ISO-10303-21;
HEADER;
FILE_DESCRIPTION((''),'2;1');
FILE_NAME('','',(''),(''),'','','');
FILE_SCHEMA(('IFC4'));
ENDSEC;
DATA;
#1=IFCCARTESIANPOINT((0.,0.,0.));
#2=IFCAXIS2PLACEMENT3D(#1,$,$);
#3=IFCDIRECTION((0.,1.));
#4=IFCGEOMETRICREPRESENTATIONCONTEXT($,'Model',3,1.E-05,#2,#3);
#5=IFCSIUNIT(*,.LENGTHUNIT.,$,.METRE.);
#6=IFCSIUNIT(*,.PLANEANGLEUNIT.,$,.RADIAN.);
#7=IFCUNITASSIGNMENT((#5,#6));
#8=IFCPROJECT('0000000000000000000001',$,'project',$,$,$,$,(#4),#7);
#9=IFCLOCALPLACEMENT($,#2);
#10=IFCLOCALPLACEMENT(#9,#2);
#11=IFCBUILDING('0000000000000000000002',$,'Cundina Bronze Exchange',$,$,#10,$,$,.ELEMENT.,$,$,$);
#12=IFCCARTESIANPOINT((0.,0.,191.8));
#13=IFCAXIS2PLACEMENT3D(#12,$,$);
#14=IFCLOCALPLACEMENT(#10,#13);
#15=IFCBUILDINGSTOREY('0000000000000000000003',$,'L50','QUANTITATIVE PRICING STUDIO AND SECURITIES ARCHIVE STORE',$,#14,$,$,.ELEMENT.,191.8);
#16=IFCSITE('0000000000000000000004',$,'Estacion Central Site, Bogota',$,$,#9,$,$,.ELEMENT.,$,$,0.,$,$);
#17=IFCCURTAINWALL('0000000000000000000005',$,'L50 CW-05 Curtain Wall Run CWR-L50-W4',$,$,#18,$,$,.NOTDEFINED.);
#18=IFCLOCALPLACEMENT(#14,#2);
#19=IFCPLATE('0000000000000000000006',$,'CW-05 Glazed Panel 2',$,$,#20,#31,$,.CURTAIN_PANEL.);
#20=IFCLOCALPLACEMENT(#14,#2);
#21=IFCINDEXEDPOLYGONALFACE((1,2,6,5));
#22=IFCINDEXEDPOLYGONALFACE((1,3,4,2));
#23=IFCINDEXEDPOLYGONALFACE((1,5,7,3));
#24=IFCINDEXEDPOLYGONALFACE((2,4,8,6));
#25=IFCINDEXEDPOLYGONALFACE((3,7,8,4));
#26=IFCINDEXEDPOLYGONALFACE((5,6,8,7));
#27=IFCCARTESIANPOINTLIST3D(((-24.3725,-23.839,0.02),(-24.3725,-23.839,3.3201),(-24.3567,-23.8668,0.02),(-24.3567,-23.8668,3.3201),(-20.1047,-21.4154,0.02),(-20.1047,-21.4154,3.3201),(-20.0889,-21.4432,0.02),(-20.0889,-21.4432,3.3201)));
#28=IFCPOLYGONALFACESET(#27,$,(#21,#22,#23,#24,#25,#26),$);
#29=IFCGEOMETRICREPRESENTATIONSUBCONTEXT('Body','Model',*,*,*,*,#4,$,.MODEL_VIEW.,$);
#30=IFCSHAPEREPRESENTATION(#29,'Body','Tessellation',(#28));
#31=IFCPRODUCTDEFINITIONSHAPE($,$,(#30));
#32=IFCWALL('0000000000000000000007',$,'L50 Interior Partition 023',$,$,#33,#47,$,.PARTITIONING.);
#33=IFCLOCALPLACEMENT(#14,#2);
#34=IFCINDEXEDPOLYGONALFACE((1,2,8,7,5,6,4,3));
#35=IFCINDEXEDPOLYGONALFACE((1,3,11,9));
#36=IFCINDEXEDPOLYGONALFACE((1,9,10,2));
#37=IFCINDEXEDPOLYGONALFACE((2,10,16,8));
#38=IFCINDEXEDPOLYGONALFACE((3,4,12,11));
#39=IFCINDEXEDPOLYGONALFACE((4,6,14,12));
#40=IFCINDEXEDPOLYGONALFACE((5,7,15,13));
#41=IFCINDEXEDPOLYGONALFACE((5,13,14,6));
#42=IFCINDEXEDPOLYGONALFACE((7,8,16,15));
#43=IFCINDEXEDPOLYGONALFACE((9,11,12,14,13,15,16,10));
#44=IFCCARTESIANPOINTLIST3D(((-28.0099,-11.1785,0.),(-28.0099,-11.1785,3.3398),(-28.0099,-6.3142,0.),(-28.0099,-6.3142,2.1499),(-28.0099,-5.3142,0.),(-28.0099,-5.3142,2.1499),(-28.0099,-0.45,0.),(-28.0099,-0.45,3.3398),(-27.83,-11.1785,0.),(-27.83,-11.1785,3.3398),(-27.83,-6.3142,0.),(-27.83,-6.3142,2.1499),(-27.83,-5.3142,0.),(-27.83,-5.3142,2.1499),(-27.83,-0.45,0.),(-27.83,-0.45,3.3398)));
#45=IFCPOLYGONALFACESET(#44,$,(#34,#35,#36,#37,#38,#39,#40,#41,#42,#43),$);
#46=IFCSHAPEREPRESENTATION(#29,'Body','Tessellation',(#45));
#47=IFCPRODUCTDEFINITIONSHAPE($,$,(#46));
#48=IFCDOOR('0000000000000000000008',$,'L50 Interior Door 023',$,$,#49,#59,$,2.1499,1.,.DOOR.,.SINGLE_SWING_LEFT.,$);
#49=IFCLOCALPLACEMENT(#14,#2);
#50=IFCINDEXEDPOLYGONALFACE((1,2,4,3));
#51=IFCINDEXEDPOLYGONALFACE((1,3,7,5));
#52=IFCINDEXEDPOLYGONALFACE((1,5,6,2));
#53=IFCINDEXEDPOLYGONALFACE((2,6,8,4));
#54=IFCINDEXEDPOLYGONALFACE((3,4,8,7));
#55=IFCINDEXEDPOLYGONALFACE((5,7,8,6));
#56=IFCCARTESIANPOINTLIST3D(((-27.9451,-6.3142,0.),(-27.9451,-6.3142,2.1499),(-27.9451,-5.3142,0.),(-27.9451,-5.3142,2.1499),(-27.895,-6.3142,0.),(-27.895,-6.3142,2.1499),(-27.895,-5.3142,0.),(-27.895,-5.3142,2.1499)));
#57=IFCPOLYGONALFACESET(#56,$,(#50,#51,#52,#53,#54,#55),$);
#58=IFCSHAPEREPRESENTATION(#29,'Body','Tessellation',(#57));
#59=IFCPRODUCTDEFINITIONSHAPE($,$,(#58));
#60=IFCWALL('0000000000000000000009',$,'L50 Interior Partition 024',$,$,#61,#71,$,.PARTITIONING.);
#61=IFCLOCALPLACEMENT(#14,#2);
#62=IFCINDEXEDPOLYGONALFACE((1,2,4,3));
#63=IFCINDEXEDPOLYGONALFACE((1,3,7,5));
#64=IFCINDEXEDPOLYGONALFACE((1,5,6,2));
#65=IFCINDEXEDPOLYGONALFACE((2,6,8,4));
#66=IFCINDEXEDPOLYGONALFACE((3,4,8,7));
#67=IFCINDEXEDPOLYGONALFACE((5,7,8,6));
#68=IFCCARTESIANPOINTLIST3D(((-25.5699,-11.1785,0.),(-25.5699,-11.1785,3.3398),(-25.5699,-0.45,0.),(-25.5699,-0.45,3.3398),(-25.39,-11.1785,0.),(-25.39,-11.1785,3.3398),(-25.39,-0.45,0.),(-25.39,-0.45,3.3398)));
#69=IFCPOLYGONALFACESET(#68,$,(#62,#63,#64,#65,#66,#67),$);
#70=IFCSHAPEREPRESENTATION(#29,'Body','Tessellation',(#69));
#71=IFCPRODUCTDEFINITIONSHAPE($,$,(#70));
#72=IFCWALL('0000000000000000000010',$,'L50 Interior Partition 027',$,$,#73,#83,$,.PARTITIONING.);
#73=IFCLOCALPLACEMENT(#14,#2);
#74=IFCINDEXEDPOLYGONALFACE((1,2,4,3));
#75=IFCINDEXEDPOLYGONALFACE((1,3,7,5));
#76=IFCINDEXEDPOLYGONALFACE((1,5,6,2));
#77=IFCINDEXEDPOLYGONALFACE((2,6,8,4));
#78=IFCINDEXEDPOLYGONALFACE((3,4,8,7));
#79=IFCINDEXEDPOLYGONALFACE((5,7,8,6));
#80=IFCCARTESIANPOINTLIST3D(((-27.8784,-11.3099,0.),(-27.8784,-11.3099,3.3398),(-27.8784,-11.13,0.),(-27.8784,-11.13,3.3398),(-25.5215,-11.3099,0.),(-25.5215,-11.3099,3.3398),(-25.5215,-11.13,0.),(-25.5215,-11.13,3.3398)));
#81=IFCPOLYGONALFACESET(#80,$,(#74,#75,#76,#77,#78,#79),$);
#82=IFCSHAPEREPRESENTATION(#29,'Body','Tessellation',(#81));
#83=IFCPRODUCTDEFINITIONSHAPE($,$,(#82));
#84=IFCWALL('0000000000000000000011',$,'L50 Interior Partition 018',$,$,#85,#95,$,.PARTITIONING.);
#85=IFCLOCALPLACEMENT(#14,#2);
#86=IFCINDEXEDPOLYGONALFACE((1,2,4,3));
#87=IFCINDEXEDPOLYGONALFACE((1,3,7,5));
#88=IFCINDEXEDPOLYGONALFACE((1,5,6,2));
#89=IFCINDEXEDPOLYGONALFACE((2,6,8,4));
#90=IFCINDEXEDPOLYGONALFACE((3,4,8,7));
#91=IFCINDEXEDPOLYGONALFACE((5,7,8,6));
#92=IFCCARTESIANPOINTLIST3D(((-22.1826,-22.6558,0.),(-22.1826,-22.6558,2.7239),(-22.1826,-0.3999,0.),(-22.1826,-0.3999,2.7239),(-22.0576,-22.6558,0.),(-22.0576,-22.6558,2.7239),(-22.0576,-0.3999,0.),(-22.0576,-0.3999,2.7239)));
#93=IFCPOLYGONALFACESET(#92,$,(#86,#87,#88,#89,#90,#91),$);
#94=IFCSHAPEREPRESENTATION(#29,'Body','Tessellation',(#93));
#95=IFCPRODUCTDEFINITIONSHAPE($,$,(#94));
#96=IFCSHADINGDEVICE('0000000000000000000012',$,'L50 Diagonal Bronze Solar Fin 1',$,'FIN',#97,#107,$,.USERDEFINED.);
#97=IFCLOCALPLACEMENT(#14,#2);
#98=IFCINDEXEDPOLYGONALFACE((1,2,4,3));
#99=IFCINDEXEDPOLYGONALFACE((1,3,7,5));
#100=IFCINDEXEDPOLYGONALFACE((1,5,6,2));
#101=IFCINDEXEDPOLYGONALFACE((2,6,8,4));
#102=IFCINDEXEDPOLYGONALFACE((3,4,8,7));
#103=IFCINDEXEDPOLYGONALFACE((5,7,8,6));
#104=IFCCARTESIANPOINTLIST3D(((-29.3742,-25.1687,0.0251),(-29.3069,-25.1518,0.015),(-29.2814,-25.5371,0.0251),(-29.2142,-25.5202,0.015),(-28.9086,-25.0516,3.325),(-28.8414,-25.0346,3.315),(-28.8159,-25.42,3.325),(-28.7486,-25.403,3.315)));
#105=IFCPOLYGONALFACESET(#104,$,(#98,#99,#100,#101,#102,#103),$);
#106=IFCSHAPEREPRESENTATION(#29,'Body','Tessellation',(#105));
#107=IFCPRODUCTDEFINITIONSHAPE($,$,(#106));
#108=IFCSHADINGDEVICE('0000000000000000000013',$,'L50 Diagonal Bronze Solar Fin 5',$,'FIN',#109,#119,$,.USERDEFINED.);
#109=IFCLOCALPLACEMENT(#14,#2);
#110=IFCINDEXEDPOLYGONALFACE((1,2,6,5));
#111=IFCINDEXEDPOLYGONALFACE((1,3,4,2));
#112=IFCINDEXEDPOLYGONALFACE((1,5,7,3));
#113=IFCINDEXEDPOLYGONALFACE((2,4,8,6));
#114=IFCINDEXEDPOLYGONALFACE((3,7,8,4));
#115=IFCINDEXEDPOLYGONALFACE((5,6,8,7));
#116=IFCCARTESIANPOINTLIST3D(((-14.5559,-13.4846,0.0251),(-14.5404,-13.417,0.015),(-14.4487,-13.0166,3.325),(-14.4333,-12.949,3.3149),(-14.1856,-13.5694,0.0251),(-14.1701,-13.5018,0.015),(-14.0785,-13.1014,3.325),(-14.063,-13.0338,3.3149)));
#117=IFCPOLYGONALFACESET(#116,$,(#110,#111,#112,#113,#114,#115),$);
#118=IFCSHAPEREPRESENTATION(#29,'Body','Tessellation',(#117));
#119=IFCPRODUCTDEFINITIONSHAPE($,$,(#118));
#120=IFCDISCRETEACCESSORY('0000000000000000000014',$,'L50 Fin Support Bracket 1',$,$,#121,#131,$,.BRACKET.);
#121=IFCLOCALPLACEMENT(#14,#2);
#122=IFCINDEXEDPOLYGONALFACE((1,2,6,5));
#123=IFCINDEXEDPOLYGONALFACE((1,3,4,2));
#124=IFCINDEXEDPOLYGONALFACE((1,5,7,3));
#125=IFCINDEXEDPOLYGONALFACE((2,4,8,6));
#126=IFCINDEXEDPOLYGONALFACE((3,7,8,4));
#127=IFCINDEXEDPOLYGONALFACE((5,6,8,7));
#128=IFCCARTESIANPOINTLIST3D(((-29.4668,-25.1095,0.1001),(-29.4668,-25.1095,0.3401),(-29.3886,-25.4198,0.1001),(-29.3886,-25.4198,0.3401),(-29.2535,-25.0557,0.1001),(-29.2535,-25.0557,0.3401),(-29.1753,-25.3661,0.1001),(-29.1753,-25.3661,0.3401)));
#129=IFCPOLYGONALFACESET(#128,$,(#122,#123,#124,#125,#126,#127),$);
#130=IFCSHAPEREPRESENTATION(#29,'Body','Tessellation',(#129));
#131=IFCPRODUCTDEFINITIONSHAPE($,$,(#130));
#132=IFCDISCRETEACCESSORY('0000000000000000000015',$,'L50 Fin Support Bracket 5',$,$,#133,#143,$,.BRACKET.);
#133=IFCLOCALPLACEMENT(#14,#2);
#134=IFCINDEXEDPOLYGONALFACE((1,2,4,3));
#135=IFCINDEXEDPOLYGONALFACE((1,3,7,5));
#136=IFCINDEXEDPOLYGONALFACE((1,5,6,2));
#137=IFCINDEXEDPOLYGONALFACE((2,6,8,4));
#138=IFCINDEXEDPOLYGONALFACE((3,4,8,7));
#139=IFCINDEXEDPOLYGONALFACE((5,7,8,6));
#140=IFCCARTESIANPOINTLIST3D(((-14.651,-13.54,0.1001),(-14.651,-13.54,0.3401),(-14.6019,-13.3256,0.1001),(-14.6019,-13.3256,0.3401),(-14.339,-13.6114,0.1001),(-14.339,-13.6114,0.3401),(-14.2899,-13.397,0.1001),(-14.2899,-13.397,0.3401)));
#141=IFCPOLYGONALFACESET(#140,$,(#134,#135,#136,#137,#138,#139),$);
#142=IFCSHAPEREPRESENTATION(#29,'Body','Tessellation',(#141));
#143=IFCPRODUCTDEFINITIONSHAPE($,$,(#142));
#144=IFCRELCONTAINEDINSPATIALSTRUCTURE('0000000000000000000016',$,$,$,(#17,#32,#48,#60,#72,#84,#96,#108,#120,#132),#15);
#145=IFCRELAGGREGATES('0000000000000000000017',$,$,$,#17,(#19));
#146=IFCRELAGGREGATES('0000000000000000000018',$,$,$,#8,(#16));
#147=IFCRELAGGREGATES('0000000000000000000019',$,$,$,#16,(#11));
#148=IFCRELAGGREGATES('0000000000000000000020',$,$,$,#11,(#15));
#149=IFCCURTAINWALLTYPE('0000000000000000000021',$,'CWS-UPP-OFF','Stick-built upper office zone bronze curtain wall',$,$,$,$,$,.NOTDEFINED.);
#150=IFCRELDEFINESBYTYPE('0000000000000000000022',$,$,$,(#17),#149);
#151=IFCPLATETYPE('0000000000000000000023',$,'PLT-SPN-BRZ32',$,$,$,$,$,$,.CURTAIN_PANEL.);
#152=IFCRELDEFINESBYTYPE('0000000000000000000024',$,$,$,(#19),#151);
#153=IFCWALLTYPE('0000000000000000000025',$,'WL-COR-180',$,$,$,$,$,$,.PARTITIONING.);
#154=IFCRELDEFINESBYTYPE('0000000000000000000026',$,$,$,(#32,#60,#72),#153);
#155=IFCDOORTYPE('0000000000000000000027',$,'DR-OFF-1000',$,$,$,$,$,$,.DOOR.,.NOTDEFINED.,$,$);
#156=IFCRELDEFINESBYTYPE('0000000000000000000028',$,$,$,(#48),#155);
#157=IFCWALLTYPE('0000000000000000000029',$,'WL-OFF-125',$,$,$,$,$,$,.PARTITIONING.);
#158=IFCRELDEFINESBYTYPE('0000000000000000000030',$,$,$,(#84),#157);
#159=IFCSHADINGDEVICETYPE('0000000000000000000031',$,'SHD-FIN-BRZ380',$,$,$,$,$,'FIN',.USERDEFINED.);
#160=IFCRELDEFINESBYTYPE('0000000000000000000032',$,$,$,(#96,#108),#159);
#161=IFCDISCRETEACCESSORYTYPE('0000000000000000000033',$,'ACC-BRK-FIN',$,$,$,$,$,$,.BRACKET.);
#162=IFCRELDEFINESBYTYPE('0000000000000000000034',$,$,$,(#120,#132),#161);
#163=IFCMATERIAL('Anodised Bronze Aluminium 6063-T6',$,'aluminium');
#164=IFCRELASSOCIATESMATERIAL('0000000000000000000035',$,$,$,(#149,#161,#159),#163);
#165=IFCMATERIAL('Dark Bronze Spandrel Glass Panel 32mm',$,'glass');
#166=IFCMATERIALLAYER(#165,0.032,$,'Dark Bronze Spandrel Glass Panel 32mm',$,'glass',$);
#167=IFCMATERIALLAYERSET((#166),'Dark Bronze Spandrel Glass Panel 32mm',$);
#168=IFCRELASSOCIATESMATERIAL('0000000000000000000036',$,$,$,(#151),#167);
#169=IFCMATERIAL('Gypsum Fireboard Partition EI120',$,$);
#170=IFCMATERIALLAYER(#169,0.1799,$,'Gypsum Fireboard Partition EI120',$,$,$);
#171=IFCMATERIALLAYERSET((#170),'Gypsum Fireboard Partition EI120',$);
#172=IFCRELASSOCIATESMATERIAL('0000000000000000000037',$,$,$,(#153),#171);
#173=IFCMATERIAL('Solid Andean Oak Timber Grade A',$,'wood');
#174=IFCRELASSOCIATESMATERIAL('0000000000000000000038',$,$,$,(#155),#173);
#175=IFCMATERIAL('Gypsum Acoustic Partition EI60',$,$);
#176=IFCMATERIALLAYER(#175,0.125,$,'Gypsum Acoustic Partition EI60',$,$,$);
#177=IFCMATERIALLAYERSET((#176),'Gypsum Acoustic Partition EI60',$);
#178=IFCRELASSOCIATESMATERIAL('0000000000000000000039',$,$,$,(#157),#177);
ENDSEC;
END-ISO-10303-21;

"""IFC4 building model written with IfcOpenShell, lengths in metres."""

from ifc_helpers import new_model, si_unit, direction, frame, frame_2d, origin, origin_2d, place, context, subcontext, project, spatial, rectangle, extrude, material, layer, layer_set, material_profile, profile_set, type_object, element, fill, aggregate, save


model = new_model("IFC4")

# Units and contexts
model_context = context("Model", 3, precision=1e-05, world=origin(), true_north=direction((0.0, 1.0)))
body_context = subcontext(model_context, "Body", "Model", "MODEL_VIEW")
ifc_project = project(units=[si_unit("LENGTHUNIT", "METRE"), si_unit("PLANEANGLEUNIT", "RADIAN")], contexts=[model_context])

# Site, building, storey
site_placement = place(None, origin())
site = spatial("IfcSite", under=ifc_project, at=site_placement, Name="Estacion Central Site, Bogota", CompositionType="ELEMENT", RefElevation=0.0)
building_placement = place(site_placement, origin())
building = spatial("IfcBuilding", under=site, at=building_placement, Name="Cundina Bronze Exchange", CompositionType="ELEMENT")
storey_placement = place(building_placement, frame((0.0, 0.0, 191.8)))
storey = spatial("IfcBuildingStorey", under=building, at=storey_placement, Name="L50", Description="QUANTITATIVE PRICING STUDIO AND SECURITIES ARCHIVE STORE", CompositionType="ELEMENT", Elevation=191.8)

# Curtain wall, plate
ifc_material_1 = material(Name="Anodised Bronze Aluminium 6063-T6", Category="aluminium")
curtain_wall_type = type_object("IfcCurtainWallType", Name="CWS-UPP-OFF", Description="Stick-built upper office zone bronze curtain wall", PredefinedType="NOTDEFINED", material=ifc_material_1)
curtain_wall_placement = place(storey_placement, origin())
curtain_wall = element("IfcCurtainWall", 1, at=curtain_wall_placement, inside=storey, type_object=curtain_wall_type, Name="L50 CW-05 Curtain Wall Run CWR-L50-W4", PredefinedType="NOTDEFINED")
ifc_material_2 = material(Name="Dark Bronze Spandrel Glass Panel 32mm", Category="glass")
ifc_layer_1 = layer(ifc_material_2, 0.032, Name="Dark Bronze Spandrel Glass Panel 32mm", Category="glass")
ifc_layer_set_1 = layer_set([ifc_layer_1], Name="Dark Bronze Spandrel Glass Panel 32mm")
plate_type_1 = type_object("IfcPlateType", Name="PLT-SPN-BRZ32", PredefinedType="CURTAIN_PANEL", material=ifc_layer_set_1)
plate_1_placement = place(storey_placement, frame((-22.2307, -22.6411, 0.02), z_axis=(0.0, 0.0, 1.0), x_axis=(0.869573, 0.493805, 0.0)))
plate_1 = element("IfcPlate", 2, at=plate_1_placement, type_object=plate_type_1, Name="CW-05 Glazed Panel 2", PredefinedType="CURTAIN_PANEL", context=body_context, shape_type="SweptSolid", body=[
    extrude(rectangle(XDim=4.908, YDim=0.032, at=origin_2d()), origin(), (0.0, 0.0, 1.0), 3.3),
])
aggregate(curtain_wall, [plate_1])

# Wall, opening, door
ifc_material_3 = material(Name="Gypsum Fireboard Partition EI120")
ifc_layer_2 = layer(ifc_material_3, 0.1799, Name="Gypsum Fireboard Partition EI120")
ifc_layer_set_2 = layer_set([ifc_layer_2], Name="Gypsum Fireboard Partition EI120")
wall_type_1 = type_object("IfcWallType", Name="WL-COR-180", PredefinedType="PARTITIONING", material=ifc_layer_set_2)
wall_1_placement = place(storey_placement, frame((-27.9199, -0.45, 0.0), z_axis=(0.0, 0.0, 1.0), x_axis=(0.0, -1.0, 0.0)))
wall_1 = element("IfcWall", 3, at=wall_1_placement, inside=storey, type_object=wall_type_1, Name="L50 Interior Partition 023", PredefinedType="PARTITIONING", context=body_context, shape_type="SweptSolid", body=[
    extrude(rectangle(XDim=10.7285, YDim=0.1799, at=frame_2d((5.3643, 0.0))), origin(), (0.0, 0.0, 1.0), 3.3398),
])
opening_placement = place(wall_1_placement, frame((4.8643, 0.0, 0.0)))
opening = element("IfcOpeningElement", 4, at=opening_placement, cuts=wall_1, PredefinedType="OPENING", context=body_context, shape_type="SweptSolid", body=[
    extrude(rectangle(XDim=1.0, YDim=2.1499, at=frame_2d((0.5, 1.075))), frame((0.0, 0.0999, 0.0), z_axis=(0.0, -1.0, 0.0), x_axis=(1.0, 0.0, 0.0)), (0.0, 0.0, 1.0), 0.2),
])
ifc_material_4 = material(Name="Solid Andean Oak Timber Grade A", Category="wood")
door_type = type_object("IfcDoorType", Name="DR-OFF-1000", OperationType="NOTDEFINED", PredefinedType="DOOR", material=ifc_material_4)
door_placement = place(opening_placement, origin())
door = element("IfcDoor", 5, at=door_placement, inside=storey, type_object=door_type, Name="L50 Interior Door 023", OperationType="SINGLE_SWING_LEFT", OverallHeight=2.1499, OverallWidth=1.0, PredefinedType="DOOR", context=body_context, shape_type="SweptSolid", body=[
    extrude(rectangle(XDim=1.0, YDim=2.1499, at=frame_2d((0.5, 1.075))), frame((0.0, 0.0249, 0.0), z_axis=(0.0, -1.0, 0.0), x_axis=(1.0, 0.0, 0.0)), (0.0, 0.0, 1.0), 0.05),
])
fill(opening, door)

# Walls
wall_2_placement = place(storey_placement, frame((-25.48, -11.1785, 0.0), z_axis=(0.0, 0.0, 1.0), x_axis=(0.0, 1.0, 0.0)))
element("IfcWall", 6, at=wall_2_placement, inside=storey, type_object=wall_type_1, Name="L50 Interior Partition 024", PredefinedType="PARTITIONING", context=body_context, shape_type="SweptSolid", body=[
    extrude(rectangle(XDim=10.7285, YDim=0.1799, at=frame_2d((5.3643, 0.0))), origin(), (0.0, 0.0, 1.0), 3.3398),
])
wall_3_placement = place(storey_placement, frame((-27.8784, -11.22, 0.0), z_axis=(0.0, 0.0, 1.0), x_axis=(1.0, 0.0, 0.0)))
element("IfcWall", 7, at=wall_3_placement, inside=storey, type_object=wall_type_1, Name="L50 Interior Partition 027", PredefinedType="PARTITIONING", context=body_context, shape_type="SweptSolid", body=[
    extrude(rectangle(XDim=2.3569, YDim=0.1799, at=frame_2d((1.1785, 0.0))), origin(), (0.0, 0.0, 1.0), 3.3398),
])
ifc_material_5 = material(Name="Gypsum Acoustic Partition EI60")
ifc_layer_3 = layer(ifc_material_5, 0.125, Name="Gypsum Acoustic Partition EI60")
ifc_layer_set_3 = layer_set([ifc_layer_3], Name="Gypsum Acoustic Partition EI60")
wall_type_2 = type_object("IfcWallType", Name="WL-OFF-125", PredefinedType="PARTITIONING", material=ifc_layer_set_3)
wall_4_placement = place(storey_placement, frame((-22.1201, -22.6558, 0.0), z_axis=(0.0, 0.0, 1.0), x_axis=(0.0, 1.0, 0.0)))
element("IfcWall", 8, at=wall_4_placement, inside=storey, type_object=wall_type_2, Name="L50 Interior Partition 018", PredefinedType="PARTITIONING", context=body_context, shape_type="SweptSolid", body=[
    extrude(rectangle(XDim=22.2559, YDim=0.125, at=frame_2d((11.1279, 0.0))), origin(), (0.0, 0.0, 1.0), 2.7239),
])

# Shading devices
ifc_material_profile_1 = material_profile(ifc_material_1, rectangle(XDim=0.0701, YDim=0.3799, at=origin_2d()), Name="FIN70X380", Category="aluminium")
ifc_profile_set_1 = profile_set([ifc_material_profile_1], Name="Anodised Bronze Aluminium 6063-T6")
shading_device_type = type_object("IfcShadingDeviceType", Name="SHD-FIN-BRZ380", ElementType="FIN", PredefinedType="USERDEFINED", material=ifc_profile_set_1)
for number, where, z_axis, x_axis, name in (
    (9, (-29.2942, -25.3445, 0.02), (0.139612, 0.035141, 0.989583), (-0.95965, -0.241548, 0.143967), "L50 Diagonal Bronze Solar Fin 1"),
    (10, (-14.363, -13.4932, 0.02), (0.032139, 0.140344, 0.989581), (-0.220899, -0.964611, 0.143977), "L50 Diagonal Bronze Solar Fin 5"),
):
    element("IfcShadingDevice", number, at=place(storey_placement, frame(where, z_axis=z_axis, x_axis=x_axis)), inside=storey, type_object=shading_device_type, Name=name, ObjectType="FIN", PredefinedType="USERDEFINED", context=body_context, shape_type="SweptSolid", body=[
        extrude(rectangle(XDim=0.0701, YDim=0.3799, at=origin_2d()), origin(), (0.0, 0.0, 1.0), 3.3347),
    ])

# Discrete accessories
discrete_accessory_type = type_object("IfcDiscreteAccessoryType", Name="ACC-BRK-FIN", PredefinedType="BRACKET", material=ifc_material_1)
for number, where, z_axis, x_axis, name in (
    (11, (-29.321, -25.2378, 0.1001), (0.0, 0.0, 1.0), (0.969732, 0.244174, 0.0), "L50 Fin Support Bracket 1"),
    (12, (-14.4705, -13.4685, 0.1001), (0.0, 0.0, 1.0), (0.223284, 0.974753, 0.0), "L50 Fin Support Bracket 5"),
):
    element("IfcDiscreteAccessory", number, at=place(storey_placement, frame(where, z_axis=z_axis, x_axis=x_axis)), inside=storey, type_object=discrete_accessory_type, Name=name, PredefinedType="BRACKET", context=body_context, shape_type="SweptSolid", body=[
        extrude(rectangle(XDim=0.22, YDim=0.3201, at=origin_2d()), origin(), (0.0, 0.0, 1.0), 0.24),
    ])

save(model, "model.ifc")
